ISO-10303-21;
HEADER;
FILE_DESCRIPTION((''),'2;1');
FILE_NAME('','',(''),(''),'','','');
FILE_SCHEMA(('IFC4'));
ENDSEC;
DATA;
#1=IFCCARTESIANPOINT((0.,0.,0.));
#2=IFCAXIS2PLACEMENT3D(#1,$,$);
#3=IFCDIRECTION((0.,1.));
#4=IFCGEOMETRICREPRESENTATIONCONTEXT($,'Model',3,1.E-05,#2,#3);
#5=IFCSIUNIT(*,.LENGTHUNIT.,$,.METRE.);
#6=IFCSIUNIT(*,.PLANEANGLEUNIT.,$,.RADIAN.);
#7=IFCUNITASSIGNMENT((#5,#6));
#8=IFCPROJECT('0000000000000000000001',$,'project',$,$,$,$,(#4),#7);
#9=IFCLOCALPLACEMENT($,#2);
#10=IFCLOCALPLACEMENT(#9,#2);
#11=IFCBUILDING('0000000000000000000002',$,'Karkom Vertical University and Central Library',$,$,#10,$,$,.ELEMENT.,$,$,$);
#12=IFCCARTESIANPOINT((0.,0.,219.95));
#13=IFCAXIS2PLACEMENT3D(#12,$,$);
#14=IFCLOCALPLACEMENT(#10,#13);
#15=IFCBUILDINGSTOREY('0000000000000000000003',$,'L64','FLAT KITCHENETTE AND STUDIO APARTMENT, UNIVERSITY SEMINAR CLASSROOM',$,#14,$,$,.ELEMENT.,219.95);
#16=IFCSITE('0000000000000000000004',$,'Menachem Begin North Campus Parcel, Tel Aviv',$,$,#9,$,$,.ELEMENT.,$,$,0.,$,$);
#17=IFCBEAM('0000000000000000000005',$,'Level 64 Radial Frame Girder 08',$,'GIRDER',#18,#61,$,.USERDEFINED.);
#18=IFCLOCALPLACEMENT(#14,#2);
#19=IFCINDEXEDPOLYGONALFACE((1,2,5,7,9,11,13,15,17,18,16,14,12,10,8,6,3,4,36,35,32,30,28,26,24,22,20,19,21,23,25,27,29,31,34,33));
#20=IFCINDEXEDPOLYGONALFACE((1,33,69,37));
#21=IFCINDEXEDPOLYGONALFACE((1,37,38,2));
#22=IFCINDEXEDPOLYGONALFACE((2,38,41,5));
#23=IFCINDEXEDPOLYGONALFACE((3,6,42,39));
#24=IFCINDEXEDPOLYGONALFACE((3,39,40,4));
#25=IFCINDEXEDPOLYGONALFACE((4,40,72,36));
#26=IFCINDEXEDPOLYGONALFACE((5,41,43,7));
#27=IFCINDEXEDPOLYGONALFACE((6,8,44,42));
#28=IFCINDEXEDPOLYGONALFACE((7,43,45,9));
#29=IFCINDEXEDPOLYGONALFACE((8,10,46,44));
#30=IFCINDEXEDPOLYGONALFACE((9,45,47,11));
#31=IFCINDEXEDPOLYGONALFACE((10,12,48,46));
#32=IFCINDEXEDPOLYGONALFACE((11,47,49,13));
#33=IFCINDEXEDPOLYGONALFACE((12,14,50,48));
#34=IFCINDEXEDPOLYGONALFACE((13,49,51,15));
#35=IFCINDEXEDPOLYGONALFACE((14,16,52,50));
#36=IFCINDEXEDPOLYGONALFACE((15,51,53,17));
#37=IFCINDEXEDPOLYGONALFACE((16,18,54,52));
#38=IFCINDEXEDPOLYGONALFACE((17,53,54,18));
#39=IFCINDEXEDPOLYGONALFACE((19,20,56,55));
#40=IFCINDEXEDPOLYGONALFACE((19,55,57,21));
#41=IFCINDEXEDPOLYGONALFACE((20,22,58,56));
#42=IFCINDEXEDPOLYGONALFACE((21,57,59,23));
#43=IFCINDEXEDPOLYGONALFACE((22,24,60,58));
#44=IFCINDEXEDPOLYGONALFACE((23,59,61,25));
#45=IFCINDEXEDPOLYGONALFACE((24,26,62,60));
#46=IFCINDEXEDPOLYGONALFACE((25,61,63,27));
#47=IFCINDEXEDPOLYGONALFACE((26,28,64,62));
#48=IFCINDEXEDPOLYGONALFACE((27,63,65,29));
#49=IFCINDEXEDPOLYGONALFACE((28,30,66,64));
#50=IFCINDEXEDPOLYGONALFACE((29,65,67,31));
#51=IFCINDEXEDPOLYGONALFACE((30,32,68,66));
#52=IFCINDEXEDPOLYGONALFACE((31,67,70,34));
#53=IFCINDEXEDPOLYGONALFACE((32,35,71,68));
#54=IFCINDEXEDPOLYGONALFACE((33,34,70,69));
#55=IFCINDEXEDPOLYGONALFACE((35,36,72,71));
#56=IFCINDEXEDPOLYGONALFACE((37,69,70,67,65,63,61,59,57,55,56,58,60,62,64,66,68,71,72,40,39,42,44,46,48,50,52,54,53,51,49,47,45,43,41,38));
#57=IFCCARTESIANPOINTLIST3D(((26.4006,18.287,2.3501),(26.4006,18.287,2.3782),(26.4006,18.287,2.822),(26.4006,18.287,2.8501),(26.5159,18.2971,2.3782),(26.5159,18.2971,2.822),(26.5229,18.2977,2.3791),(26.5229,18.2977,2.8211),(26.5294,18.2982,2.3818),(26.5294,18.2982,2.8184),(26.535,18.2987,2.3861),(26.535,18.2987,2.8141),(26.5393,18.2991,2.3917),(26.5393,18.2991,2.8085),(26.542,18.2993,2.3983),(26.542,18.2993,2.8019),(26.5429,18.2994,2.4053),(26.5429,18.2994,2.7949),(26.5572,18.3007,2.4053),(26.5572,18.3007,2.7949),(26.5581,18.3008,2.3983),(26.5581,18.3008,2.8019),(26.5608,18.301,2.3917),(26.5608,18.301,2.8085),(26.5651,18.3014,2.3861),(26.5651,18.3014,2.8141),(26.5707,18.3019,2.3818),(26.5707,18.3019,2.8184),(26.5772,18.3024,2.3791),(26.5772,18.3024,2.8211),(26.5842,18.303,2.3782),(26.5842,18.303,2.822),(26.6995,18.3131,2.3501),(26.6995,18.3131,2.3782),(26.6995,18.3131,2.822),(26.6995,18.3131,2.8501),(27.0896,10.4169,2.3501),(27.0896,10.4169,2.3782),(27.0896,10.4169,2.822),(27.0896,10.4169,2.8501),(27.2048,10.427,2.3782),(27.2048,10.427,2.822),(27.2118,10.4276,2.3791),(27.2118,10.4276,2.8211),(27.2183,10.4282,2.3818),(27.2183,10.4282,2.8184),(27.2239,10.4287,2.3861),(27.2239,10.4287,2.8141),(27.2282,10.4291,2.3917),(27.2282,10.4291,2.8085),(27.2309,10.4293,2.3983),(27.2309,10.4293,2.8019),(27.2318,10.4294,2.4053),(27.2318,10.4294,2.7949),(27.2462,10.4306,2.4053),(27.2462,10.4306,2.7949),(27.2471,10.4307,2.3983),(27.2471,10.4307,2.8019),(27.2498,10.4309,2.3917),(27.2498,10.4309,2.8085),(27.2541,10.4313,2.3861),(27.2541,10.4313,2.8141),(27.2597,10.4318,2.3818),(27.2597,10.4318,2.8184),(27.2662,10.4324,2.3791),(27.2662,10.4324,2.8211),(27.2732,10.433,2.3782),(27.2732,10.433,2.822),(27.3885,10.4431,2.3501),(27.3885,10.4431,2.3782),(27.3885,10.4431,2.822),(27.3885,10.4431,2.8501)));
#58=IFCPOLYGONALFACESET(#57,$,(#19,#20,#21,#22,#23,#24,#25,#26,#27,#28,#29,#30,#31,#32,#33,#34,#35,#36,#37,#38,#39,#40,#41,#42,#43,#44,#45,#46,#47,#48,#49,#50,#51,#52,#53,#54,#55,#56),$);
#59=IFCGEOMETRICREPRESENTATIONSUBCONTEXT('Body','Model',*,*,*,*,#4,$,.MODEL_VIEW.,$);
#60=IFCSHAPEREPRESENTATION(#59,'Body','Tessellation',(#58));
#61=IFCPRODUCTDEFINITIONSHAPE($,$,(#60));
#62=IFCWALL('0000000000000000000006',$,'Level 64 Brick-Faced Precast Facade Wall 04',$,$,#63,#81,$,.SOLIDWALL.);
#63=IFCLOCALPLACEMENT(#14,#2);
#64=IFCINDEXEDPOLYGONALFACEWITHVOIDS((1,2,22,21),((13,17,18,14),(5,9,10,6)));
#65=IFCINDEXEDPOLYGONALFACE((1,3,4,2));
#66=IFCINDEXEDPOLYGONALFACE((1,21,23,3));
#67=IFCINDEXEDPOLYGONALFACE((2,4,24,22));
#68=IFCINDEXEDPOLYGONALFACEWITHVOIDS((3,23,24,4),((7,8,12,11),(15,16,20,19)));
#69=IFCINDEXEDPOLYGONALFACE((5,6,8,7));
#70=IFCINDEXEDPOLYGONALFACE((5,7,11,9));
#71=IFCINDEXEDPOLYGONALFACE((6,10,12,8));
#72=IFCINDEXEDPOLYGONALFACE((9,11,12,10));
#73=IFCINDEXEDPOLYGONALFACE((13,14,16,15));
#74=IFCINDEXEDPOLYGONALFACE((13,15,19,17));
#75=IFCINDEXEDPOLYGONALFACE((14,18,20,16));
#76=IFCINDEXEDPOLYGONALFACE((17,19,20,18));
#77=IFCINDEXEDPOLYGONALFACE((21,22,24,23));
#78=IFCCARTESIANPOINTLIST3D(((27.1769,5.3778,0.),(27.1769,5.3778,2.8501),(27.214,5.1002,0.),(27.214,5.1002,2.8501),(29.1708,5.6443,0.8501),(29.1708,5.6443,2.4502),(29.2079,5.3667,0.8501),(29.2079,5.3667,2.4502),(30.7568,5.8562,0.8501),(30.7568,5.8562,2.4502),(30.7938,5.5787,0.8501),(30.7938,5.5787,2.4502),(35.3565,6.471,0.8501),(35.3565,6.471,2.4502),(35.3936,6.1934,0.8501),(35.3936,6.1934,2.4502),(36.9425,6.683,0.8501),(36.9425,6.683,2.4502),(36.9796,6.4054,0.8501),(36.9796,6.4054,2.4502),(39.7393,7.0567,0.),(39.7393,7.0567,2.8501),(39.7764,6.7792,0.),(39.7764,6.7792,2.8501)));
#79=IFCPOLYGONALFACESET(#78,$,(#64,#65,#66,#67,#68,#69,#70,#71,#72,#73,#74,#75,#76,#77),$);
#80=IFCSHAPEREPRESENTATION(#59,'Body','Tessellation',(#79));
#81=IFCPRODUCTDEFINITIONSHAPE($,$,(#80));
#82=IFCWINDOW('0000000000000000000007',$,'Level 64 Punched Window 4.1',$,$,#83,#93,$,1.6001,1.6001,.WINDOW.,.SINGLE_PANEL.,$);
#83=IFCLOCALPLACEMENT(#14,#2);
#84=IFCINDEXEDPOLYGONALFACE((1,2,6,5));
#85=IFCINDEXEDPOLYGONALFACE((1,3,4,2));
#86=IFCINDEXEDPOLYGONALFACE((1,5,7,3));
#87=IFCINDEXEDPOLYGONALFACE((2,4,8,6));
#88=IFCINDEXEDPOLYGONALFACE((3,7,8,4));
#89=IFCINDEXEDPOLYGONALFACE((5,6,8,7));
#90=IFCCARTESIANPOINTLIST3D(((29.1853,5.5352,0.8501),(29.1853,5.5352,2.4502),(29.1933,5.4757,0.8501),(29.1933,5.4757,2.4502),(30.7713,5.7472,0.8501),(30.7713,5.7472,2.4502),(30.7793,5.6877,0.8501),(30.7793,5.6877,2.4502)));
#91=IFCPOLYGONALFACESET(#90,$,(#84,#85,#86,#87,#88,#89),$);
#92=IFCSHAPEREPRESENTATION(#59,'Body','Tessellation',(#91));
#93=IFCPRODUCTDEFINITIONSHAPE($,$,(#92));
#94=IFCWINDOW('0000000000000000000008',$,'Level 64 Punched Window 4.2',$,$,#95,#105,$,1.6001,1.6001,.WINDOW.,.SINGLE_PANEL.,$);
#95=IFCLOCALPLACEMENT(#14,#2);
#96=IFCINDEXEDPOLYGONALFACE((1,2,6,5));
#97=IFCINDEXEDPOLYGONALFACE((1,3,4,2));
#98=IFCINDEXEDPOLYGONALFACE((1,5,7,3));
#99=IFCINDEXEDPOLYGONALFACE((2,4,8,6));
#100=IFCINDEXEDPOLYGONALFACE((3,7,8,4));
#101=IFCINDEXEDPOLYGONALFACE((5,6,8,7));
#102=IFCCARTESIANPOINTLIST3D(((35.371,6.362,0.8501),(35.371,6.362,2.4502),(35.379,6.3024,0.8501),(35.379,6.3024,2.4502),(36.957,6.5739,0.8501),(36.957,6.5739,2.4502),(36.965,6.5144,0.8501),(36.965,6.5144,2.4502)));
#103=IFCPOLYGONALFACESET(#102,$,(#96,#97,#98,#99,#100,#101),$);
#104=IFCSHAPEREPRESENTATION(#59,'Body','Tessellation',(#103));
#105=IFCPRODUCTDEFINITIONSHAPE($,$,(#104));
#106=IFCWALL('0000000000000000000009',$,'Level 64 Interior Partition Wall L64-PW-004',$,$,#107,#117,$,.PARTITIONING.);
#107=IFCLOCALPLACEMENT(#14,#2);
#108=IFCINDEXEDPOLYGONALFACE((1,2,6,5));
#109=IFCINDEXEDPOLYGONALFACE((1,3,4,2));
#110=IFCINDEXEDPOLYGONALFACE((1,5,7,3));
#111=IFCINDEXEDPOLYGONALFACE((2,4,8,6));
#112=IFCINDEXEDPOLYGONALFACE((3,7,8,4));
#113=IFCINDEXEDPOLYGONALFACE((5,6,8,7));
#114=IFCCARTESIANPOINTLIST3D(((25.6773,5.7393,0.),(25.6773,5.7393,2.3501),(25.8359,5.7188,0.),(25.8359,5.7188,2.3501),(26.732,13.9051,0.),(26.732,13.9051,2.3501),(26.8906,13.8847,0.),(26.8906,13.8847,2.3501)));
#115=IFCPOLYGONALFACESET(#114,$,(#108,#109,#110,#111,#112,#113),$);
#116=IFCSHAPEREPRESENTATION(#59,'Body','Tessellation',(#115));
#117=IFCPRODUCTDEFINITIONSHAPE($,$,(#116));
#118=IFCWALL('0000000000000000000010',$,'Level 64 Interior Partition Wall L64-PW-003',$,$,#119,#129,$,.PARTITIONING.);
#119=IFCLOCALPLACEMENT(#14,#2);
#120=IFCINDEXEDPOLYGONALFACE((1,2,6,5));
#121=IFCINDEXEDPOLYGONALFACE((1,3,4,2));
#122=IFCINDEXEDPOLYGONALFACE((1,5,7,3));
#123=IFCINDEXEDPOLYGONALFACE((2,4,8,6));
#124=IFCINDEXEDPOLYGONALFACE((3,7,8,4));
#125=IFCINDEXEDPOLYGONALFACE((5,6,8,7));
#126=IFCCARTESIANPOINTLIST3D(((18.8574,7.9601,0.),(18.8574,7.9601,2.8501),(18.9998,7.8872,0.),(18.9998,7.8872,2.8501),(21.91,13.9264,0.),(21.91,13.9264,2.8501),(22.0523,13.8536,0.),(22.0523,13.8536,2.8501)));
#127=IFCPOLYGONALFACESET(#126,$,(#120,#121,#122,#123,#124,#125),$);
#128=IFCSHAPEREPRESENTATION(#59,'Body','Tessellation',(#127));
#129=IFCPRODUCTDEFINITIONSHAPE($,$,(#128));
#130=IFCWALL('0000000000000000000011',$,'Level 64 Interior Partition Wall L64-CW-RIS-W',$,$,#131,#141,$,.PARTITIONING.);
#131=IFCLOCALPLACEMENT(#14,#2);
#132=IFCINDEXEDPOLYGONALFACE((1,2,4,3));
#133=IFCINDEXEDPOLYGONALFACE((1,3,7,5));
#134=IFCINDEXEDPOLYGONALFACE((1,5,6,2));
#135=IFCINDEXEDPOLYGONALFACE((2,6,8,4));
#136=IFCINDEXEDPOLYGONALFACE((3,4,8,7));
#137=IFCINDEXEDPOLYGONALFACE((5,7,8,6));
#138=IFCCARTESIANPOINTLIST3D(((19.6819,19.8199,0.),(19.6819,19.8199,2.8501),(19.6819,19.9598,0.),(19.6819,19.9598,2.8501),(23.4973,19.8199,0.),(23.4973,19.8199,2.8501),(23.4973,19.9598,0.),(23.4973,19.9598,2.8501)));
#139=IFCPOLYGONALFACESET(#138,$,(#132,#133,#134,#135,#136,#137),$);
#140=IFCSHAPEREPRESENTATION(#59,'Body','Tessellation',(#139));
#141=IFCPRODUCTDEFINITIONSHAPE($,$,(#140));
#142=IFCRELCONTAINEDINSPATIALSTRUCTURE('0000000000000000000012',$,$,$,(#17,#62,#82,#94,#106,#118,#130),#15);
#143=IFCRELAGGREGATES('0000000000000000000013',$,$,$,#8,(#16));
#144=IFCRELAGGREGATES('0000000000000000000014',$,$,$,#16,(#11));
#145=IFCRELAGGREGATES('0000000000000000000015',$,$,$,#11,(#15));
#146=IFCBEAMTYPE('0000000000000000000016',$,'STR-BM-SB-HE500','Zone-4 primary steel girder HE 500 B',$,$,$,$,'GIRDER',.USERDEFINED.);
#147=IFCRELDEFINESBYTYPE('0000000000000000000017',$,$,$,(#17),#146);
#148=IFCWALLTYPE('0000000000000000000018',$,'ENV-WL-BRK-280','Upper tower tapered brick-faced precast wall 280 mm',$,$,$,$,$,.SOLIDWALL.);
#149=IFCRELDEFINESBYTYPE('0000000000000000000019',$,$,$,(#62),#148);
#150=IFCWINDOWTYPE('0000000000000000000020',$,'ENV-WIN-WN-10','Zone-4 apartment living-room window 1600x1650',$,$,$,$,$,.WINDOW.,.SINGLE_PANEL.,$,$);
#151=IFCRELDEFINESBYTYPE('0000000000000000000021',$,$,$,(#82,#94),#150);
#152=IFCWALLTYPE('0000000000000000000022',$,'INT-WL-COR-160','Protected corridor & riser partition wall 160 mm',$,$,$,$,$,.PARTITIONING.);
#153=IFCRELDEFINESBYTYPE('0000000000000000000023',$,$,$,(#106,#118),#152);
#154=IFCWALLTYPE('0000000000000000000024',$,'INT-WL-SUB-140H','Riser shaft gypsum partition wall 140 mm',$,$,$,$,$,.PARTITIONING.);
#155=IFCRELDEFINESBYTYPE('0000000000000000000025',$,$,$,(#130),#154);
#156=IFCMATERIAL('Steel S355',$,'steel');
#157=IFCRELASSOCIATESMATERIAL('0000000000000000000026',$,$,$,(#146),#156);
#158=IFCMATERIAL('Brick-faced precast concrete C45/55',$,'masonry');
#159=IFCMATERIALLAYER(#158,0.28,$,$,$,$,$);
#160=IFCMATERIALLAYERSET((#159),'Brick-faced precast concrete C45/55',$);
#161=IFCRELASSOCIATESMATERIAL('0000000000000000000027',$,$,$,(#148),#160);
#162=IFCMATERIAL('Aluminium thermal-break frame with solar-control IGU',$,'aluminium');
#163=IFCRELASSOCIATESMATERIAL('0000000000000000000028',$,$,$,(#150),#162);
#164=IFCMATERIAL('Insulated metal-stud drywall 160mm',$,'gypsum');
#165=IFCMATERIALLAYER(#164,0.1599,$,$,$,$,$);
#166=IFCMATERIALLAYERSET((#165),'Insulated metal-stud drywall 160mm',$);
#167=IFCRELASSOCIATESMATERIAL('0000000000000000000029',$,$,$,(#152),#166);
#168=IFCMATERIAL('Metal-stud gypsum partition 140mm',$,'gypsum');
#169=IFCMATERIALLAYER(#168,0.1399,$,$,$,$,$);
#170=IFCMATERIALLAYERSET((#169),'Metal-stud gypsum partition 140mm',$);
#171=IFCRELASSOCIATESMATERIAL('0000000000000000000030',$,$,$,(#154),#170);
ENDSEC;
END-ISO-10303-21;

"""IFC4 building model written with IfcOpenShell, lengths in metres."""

from ifc_helpers import new_model, si_unit, direction, frame, frame_2d, origin, origin_with_axes, origin_2d, place, context, subcontext, project, spatial, rectangle, i_section, extrude, source, transform, mapped, material, layer, layer_set, material_profile, profile_set, type_object, element, fill, save


model = new_model("IFC4")

# Units and contexts
model_context = context("Model", 3, precision=1e-05, world=origin(), true_north=direction((0.0, 1.0)))
body_context = subcontext(model_context, "Body", "Model", "MODEL_VIEW")
ifc_project = project(units=[si_unit("LENGTHUNIT", "METRE"), si_unit("PLANEANGLEUNIT", "RADIAN")], contexts=[model_context])

# Site, building, storey
site_placement = place(None, origin())
site = spatial("IfcSite", under=ifc_project, at=site_placement, Name="Menachem Begin North Campus Parcel, Tel Aviv", CompositionType="ELEMENT", RefElevation=0.0)
building_placement = place(site_placement, origin())
building = spatial("IfcBuilding", under=site, at=building_placement, Name="Karkom Vertical University and Central Library", CompositionType="ELEMENT")
storey_placement = place(building_placement, frame((0.0, 0.0, 219.95)))
storey = spatial("IfcBuildingStorey", under=building, at=storey_placement, Name="L64", Description="FLAT KITCHENETTE AND STUDIO APARTMENT, UNIVERSITY SEMINAR CLASSROOM", CompositionType="ELEMENT", Elevation=219.95)

# Beam
ifc_material_1 = material(Name="Steel S355", Category="steel")
ifc_material_profile_1 = material_profile(ifc_material_1, i_section(OverallWidth=0.3, OverallDepth=0.5, WebThickness=0.0144, FlangeThickness=0.0281, FilletRadius=0.0271, at=origin_2d()), Name="HE 500 B")
ifc_profile_set_1 = profile_set([ifc_material_profile_1], Name="Steel S355")
beam_type_1 = type_object("IfcBeamType", Name="STR-BM-SB-HE500", Description="Zone-4 primary steel girder HE 500 B", ElementType="GIRDER", PredefinedType="USERDEFINED", material=ifc_profile_set_1)
shared_shape_1 = source(origin_with_axes(), body_context, "Body", "SweptSolid", [
    extrude(i_section(OverallWidth=0.3, OverallDepth=0.5, WebThickness=0.0144, FlangeThickness=0.0281, FilletRadius=0.0271, at=origin_2d()), origin(), (0.0, 0.0, 1.0), 7.9001),
])
beam_1_placement = place(storey_placement, frame((26.55, 18.3, 2.6001), z_axis=(0.087208, -0.99619, 0.0), x_axis=(0.99619, 0.087208, 0.0)))
element("IfcBeam", 1, at=beam_1_placement, inside=storey, type_object=beam_type_1, Name="Level 64 Radial Frame Girder 08", ObjectType="GIRDER", PredefinedType="USERDEFINED", context=body_context, shape_type="MappedRepresentation", body=[
    mapped(shared_shape_1, transform((0.0, 0.0, 0.0), scale=1.0)),
])

# Wall, openings, windows
ifc_material_2 = material(Name="Brick-faced precast concrete C45/55", Category="masonry")
ifc_layer_1 = layer(ifc_material_2, 0.28)
ifc_layer_set_1 = layer_set([ifc_layer_1], Name="Brick-faced precast concrete C45/55")
wall_type_1 = type_object("IfcWallType", Name="ENV-WL-BRK-280", Description="Upper tower tapered brick-faced precast wall 280 mm", PredefinedType="SOLIDWALL", material=ifc_layer_set_1)
wall_1_placement = place(storey_placement, frame((27.1956, 5.239, 0.0), z_axis=(0.0, 0.0, 1.0), x_axis=(0.991187, 0.132473, 0.0)))
wall_1 = element("IfcWall", 2, at=wall_1_placement, inside=storey, type_object=wall_type_1, Name="Level 64 Brick-Faced Precast Facade Wall 04", PredefinedType="SOLIDWALL", context=body_context, shape_type="SweptSolid", body=[
    extrude(rectangle(XDim=12.6741, YDim=0.28, at=frame_2d((6.3369, 0.0))), origin(), (0.0, 0.0, 1.0), 2.8501),
])
opening_1_placement = place(wall_1_placement, frame((2.0115, 0.0, 0.8501)))
opening_1 = element("IfcOpeningElement", 3, at=opening_1_placement, cuts=wall_1, PredefinedType="OPENING", context=body_context, shape_type="SweptSolid", body=[
    extrude(rectangle(XDim=1.6001, YDim=1.6001, at=frame_2d((0.8, 0.8))), frame((0.0, 0.1499, 0.0), z_axis=(0.0, -1.0, 0.0), x_axis=(1.0, 0.0, 0.0)), (0.0, 0.0, 1.0), 0.3),
])
opening_2_placement = place(wall_1_placement, frame((8.2522, 0.0, 0.8501)))
opening_2 = element("IfcOpeningElement", 4, at=opening_2_placement, cuts=wall_1, PredefinedType="OPENING", context=body_context, shape_type="SweptSolid", body=[
    extrude(rectangle(XDim=1.6001, YDim=1.6001, at=frame_2d((0.8, 0.8))), frame((0.0, 0.1499, 0.0), z_axis=(0.0, -1.0, 0.0), x_axis=(1.0, 0.0, 0.0)), (0.0, 0.0, 1.0), 0.3),
])
ifc_material_3 = material(Name="Aluminium thermal-break frame with solar-control IGU", Category="aluminium")
window_type = type_object("IfcWindowType", Name="ENV-WIN-WN-10", Description="Zone-4 apartment living-room window 1600x1650", PartitioningType="SINGLE_PANEL", PredefinedType="WINDOW", material=ifc_material_3)
shared_shape_2 = source(origin_with_axes(), body_context, "Body", "SweptSolid", [
    extrude(rectangle(XDim=1.6001, YDim=1.6001, at=frame_2d((0.8, 0.8))), frame((0.0, 0.03, 0.0), z_axis=(0.0, -1.0, 0.0), x_axis=(1.0, 0.0, 0.0)), (0.0, 0.0, 1.0), 0.0601),
])
window_1_placement = place(opening_1_placement, origin())
window_1 = element("IfcWindow", 5, at=window_1_placement, inside=storey, type_object=window_type, Name="Level 64 Punched Window 4.1", OverallHeight=1.6001, OverallWidth=1.6001, PartitioningType="SINGLE_PANEL", PredefinedType="WINDOW", context=body_context, shape_type="MappedRepresentation", body=[
    mapped(shared_shape_2, transform((0.0, 0.0, 0.0), scale=1.0)),
])
fill(opening_1, window_1)
window_2_placement = place(opening_2_placement, origin())
window_2 = element("IfcWindow", 6, at=window_2_placement, inside=storey, type_object=window_type, Name="Level 64 Punched Window 4.2", OverallHeight=1.6001, OverallWidth=1.6001, PartitioningType="SINGLE_PANEL", PredefinedType="WINDOW", context=body_context, shape_type="MappedRepresentation", body=[
    mapped(shared_shape_2, transform((0.0, 0.0, 0.0), scale=1.0)),
])
fill(opening_2, window_2)

# Walls
ifc_material_4 = material(Name="Insulated metal-stud drywall 160mm", Category="gypsum")
ifc_layer_2 = layer(ifc_material_4, 0.1599)
ifc_layer_set_2 = layer_set([ifc_layer_2], Name="Insulated metal-stud drywall 160mm")
wall_type_2 = type_object("IfcWallType", Name="INT-WL-COR-160", Description="Protected corridor & riser partition wall 160 mm", PredefinedType="PARTITIONING", material=ifc_layer_set_2)
wall_2_placement = place(storey_placement, frame((26.8113, 13.8948, 0.0), z_axis=(0.0, 0.0, 1.0), x_axis=(-0.128096, -0.991762, 0.0)))
element("IfcWall", 7, at=wall_2_placement, inside=storey, type_object=wall_type_2, Name="Level 64 Interior Partition Wall L64-PW-004", PredefinedType="PARTITIONING", context=body_context, shape_type="SweptSolid", body=[
    extrude(rectangle(XDim=8.2336, YDim=0.1599, at=frame_2d((4.1167, 0.0))), origin(), (0.0, 0.0, 1.0), 2.3501),
])
wall_3_placement = place(storey_placement, frame((21.9812, 13.8901, 0.0), z_axis=(0.0, 0.0, 1.0), x_axis=(-0.455471, -0.890251, 0.0)))
element("IfcWall", 8, at=wall_3_placement, inside=storey, type_object=wall_type_2, Name="Level 64 Interior Partition Wall L64-PW-003", PredefinedType="PARTITIONING", context=body_context, shape_type="SweptSolid", body=[
    extrude(rectangle(XDim=6.7019, YDim=0.1599, at=frame_2d((3.3511, 0.0))), origin(), (0.0, 0.0, 1.0), 2.8501),
])
ifc_material_5 = material(Name="Metal-stud gypsum partition 140mm", Category="gypsum")
ifc_layer_3 = layer(ifc_material_5, 0.1399)
ifc_layer_set_3 = layer_set([ifc_layer_3], Name="Metal-stud gypsum partition 140mm")
wall_type_3 = type_object("IfcWallType", Name="INT-WL-SUB-140H", Description="Riser shaft gypsum partition wall 140 mm", PredefinedType="PARTITIONING", material=ifc_layer_set_3)
wall_4_placement = place(storey_placement, frame((19.6819, 19.8899, 0.0), z_axis=(0.0, 0.0, 1.0), x_axis=(1.0, 0.0, 0.0)))
element("IfcWall", 9, at=wall_4_placement, inside=storey, type_object=wall_type_3, Name="Level 64 Interior Partition Wall L64-CW-RIS-W", PredefinedType="PARTITIONING", context=body_context, shape_type="SweptSolid", body=[
    extrude(rectangle(XDim=3.8154, YDim=0.1399, at=frame_2d((1.9077, 0.0))), origin(), (0.0, 0.0, 1.0), 2.8501),
])

save(model, "model.ifc")
